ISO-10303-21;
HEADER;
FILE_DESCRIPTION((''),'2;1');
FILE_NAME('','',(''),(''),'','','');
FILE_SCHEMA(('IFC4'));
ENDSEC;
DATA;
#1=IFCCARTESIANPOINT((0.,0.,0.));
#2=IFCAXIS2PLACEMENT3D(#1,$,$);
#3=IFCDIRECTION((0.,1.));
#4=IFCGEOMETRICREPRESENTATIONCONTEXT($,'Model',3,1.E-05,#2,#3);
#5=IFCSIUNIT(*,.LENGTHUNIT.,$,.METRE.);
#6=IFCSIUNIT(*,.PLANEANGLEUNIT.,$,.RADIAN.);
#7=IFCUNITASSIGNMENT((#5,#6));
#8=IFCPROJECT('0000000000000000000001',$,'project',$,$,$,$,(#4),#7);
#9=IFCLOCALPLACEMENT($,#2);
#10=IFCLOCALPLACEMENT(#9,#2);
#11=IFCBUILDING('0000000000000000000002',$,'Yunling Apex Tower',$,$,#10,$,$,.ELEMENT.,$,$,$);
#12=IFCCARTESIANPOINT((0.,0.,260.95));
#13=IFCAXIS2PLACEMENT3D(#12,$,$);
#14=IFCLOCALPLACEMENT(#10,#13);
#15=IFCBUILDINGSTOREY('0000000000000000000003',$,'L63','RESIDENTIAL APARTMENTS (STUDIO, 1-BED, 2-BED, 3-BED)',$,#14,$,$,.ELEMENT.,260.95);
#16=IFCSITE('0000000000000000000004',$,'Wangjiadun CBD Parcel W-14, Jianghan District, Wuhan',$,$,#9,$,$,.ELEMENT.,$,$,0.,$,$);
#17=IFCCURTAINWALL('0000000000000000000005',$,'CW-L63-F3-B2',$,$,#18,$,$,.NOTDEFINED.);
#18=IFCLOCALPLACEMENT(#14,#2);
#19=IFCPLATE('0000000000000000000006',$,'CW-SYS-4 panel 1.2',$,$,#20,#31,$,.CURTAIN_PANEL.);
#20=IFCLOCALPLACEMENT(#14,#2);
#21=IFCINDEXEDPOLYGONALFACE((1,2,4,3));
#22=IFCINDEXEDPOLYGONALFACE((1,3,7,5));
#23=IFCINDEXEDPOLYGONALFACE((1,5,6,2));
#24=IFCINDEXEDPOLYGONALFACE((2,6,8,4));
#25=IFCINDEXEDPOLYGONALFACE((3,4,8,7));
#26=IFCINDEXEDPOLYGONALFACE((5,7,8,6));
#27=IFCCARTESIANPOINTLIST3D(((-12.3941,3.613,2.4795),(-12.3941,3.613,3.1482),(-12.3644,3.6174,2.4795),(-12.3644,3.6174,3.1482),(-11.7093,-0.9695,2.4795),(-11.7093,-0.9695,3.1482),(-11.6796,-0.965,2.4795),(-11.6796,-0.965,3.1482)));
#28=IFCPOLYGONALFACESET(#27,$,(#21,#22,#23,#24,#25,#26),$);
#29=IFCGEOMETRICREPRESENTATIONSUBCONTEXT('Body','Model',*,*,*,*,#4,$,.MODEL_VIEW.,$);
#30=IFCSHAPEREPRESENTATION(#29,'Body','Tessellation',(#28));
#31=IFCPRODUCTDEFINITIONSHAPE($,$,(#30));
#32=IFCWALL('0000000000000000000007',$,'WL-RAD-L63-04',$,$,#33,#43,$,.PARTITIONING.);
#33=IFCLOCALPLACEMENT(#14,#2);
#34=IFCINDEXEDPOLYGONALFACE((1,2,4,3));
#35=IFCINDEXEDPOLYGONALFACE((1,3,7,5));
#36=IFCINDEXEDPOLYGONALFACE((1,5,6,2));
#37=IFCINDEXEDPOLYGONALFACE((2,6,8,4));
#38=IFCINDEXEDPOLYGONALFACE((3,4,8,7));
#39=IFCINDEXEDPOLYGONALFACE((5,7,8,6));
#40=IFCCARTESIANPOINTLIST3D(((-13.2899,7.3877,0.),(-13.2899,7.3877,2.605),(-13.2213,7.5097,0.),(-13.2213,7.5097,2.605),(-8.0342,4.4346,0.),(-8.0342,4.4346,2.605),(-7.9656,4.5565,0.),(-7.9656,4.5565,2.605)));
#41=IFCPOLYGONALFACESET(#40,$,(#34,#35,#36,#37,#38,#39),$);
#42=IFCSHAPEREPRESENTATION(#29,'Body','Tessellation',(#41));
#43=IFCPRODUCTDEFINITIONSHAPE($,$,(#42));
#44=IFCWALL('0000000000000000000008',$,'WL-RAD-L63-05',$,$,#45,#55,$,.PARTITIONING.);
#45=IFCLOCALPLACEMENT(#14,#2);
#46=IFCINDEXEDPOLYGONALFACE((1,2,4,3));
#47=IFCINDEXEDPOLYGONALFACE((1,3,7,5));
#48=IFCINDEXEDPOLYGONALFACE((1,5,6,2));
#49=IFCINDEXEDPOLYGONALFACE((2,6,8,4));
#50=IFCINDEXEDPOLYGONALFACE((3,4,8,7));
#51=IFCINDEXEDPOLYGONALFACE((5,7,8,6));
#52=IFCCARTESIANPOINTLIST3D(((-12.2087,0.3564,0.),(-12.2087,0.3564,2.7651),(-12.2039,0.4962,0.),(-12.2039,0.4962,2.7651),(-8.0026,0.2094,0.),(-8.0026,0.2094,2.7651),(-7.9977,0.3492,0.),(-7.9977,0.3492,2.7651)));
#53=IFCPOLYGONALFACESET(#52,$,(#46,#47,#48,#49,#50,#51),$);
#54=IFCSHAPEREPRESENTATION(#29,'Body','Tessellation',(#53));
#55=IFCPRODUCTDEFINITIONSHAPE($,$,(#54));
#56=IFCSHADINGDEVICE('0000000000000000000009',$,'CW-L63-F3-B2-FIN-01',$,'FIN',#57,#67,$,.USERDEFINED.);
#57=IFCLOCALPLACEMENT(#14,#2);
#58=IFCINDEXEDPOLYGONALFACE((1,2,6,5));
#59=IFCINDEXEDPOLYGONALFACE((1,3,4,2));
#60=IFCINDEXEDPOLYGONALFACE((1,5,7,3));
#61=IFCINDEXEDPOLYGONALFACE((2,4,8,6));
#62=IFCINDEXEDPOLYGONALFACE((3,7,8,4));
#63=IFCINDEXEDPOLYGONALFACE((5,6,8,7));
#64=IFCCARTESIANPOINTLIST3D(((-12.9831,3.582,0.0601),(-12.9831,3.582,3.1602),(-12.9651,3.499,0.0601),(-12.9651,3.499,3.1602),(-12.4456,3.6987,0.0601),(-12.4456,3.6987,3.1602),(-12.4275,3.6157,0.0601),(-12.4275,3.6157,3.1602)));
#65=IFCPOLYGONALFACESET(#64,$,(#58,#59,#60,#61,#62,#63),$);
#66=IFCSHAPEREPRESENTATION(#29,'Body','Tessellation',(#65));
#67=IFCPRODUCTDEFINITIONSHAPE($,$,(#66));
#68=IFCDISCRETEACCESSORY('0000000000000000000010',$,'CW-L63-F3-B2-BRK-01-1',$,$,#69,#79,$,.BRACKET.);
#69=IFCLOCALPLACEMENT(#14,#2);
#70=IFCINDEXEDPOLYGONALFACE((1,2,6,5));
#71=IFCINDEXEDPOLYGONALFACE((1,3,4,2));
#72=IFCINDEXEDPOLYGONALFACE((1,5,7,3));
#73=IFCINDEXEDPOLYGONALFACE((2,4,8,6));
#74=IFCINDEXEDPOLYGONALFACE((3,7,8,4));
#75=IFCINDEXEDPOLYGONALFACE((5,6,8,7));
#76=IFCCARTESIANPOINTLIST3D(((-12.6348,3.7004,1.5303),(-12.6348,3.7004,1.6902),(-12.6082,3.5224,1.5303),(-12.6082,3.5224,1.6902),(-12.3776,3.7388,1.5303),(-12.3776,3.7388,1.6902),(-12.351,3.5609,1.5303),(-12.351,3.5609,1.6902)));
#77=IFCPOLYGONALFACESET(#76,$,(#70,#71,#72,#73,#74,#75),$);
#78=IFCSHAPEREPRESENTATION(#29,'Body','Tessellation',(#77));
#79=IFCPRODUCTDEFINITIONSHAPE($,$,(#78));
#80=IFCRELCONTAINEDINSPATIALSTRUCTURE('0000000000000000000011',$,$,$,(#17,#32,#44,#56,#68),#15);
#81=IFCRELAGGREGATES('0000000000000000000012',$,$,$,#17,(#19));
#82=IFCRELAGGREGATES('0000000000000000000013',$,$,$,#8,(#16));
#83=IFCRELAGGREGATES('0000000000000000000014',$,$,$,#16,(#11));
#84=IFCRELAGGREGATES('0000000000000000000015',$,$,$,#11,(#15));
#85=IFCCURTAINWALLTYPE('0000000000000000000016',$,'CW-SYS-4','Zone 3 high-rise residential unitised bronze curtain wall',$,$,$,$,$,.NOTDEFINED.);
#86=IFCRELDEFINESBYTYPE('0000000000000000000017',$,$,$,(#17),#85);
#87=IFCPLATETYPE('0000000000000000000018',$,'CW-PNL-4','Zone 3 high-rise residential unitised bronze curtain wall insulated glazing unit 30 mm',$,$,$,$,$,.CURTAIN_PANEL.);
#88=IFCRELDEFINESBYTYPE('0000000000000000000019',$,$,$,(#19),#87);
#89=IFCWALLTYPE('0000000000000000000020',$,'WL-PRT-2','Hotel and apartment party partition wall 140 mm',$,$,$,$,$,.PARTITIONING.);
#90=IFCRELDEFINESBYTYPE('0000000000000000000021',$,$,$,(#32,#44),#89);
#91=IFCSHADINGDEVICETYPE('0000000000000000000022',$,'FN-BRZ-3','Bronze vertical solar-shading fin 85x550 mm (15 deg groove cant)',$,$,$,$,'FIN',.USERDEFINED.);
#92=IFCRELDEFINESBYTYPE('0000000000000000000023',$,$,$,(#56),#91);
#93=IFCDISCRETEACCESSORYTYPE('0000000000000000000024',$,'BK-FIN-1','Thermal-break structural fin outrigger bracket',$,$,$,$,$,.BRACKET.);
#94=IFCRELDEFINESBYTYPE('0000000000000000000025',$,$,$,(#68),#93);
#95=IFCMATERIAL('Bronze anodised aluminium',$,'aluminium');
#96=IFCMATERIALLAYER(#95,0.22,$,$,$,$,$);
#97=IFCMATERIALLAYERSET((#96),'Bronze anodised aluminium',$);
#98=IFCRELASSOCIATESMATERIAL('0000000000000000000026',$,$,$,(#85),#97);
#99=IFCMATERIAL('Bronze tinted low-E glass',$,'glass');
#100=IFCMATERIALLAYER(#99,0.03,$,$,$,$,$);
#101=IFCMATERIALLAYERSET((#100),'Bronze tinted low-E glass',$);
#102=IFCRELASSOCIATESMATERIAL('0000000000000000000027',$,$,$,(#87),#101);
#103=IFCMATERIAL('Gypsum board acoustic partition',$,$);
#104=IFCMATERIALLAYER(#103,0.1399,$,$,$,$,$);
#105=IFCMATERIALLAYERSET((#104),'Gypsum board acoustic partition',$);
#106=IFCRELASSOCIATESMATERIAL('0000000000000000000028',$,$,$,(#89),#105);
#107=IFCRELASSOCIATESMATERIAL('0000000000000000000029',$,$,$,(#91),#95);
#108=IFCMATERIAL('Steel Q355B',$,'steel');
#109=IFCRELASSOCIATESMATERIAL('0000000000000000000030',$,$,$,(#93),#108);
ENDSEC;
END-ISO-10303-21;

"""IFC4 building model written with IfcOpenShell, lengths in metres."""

from ifc_helpers import new_model, si_unit, direction, frame, frame_2d, origin, origin_2d, place, context, subcontext, project, spatial, rectangle, extrude, source, transform, mapped, material, layer, layer_set, material_profile, profile_set, type_object, element, aggregate, save


model = new_model("IFC4")

# Units and contexts
model_context = context("Model", 3, precision=1e-05, world=origin(), true_north=direction((0.0, 1.0)))
body_context = subcontext(model_context, "Body", "Model", "MODEL_VIEW")
ifc_project = project(units=[si_unit("LENGTHUNIT", "METRE"), si_unit("PLANEANGLEUNIT", "RADIAN")], contexts=[model_context])

# Site, building, storey
site_placement = place(None, origin())
site = spatial("IfcSite", under=ifc_project, at=site_placement, Name="Wangjiadun CBD Parcel W-14, Jianghan District, Wuhan", CompositionType="ELEMENT", RefElevation=0.0)
building_placement = place(site_placement, origin())
building = spatial("IfcBuilding", under=site, at=building_placement, Name="Yunling Apex Tower", CompositionType="ELEMENT")
storey_placement = place(building_placement, frame((0.0, 0.0, 260.95)))
storey = spatial("IfcBuildingStorey", under=building, at=storey_placement, Name="L63", Description="RESIDENTIAL APARTMENTS (STUDIO, 1-BED, 2-BED, 3-BED)", CompositionType="ELEMENT", Elevation=260.95)

# Shared definitions
ifc_material_1 = material(Name="Steel Q355B", Category="steel")

# Shared definitions
ifc_material_2 = material(Name="Bronze anodised aluminium", Category="aluminium")
ifc_layer_1 = layer(ifc_material_2, 0.22)
ifc_layer_set_1 = layer_set([ifc_layer_1], Name="Bronze anodised aluminium")
curtain_wall_type = type_object("IfcCurtainWallType", Name="CW-SYS-4", Description="Zone 3 high-rise residential unitised bronze curtain wall", PredefinedType="NOTDEFINED", material=ifc_layer_set_1)

# Curtain wall, plate
curtain_wall_1_placement = place(storey_placement, origin())
curtain_wall_1 = element("IfcCurtainWall", 1, at=curtain_wall_1_placement, inside=storey, type_object=curtain_wall_type, Name="CW-L63-F3-B2", PredefinedType="NOTDEFINED")
ifc_material_3 = material(Name="Bronze tinted low-E glass", Category="glass")
ifc_layer_2 = layer(ifc_material_3, 0.03)
ifc_layer_set_2 = layer_set([ifc_layer_2], Name="Bronze tinted low-E glass")
plate_type = type_object("IfcPlateType", Name="CW-PNL-4", Description="Zone 3 high-rise residential unitised bronze curtain wall insulated glazing unit 30 mm", PredefinedType="CURTAIN_PANEL", material=ifc_layer_set_2)
shared_shape_1 = source(origin(), body_context, "Body", "SweptSolid", [
    extrude(rectangle(XDim=4.6333, YDim=0.03, at=origin_2d()), origin(), (0.0, 0.0, 1.0), 0.6687),
])
plate_1_placement = place(storey_placement, frame((-12.0369, 1.324, 2.4795), z_axis=(0.0, 0.0, 1.0), x_axis=(0.147804, -0.989017, 0.0)))
plate_1 = element("IfcPlate", 2, at=plate_1_placement, type_object=plate_type, Name="CW-SYS-4 panel 1.2", PredefinedType="CURTAIN_PANEL", context=body_context, shape_type="MappedRepresentation", body=[
    mapped(shared_shape_1, transform((0.0, 0.0, 0.0), scale=1.0)),
])
aggregate(curtain_wall_1, [plate_1])

# Walls
ifc_material_4 = material(Name="Gypsum board acoustic partition")
ifc_layer_3 = layer(ifc_material_4, 0.1399)
ifc_layer_set_3 = layer_set([ifc_layer_3], Name="Gypsum board acoustic partition")
wall_type = type_object("IfcWallType", Name="WL-PRT-2", Description="Hotel and apartment party partition wall 140 mm", PredefinedType="PARTITIONING", material=ifc_layer_set_3)
wall_1_placement = place(storey_placement, frame((-8.0, 4.4956, 0.0), z_axis=(0.0, 0.0, 1.0), x_axis=(-0.871799, 0.489863, 0.0)))
element("IfcWall", 3, at=wall_1_placement, inside=storey, type_object=wall_type, Name="WL-RAD-L63-04", PredefinedType="PARTITIONING", context=body_context, shape_type="SweptSolid", body=[
    extrude(rectangle(XDim=6.0286, YDim=0.1399, at=frame_2d((3.0142, 0.0))), origin(), (0.0, 0.0, 1.0), 2.605),
])
wall_2_placement = place(storey_placement, frame((-8.0, 0.2793, 0.0), z_axis=(0.0, 0.0, 1.0), x_axis=(-0.99939, 0.034922, 0.0)))
element("IfcWall", 4, at=wall_2_placement, inside=storey, type_object=wall_type, Name="WL-RAD-L63-05", PredefinedType="PARTITIONING", context=body_context, shape_type="SweptSolid", body=[
    extrude(rectangle(XDim=4.2087, YDim=0.1399, at=frame_2d((2.1045, 0.0))), origin(), (0.0, 0.0, 1.0), 2.7651),
])

# Shading device
ifc_material_profile_1 = material_profile(ifc_material_2, rectangle(XDim=0.085, YDim=0.55, at=origin_2d()))
ifc_profile_set_1 = profile_set([ifc_material_profile_1], Name="Bronze anodised aluminium")
shading_device_type = type_object("IfcShadingDeviceType", Name="FN-BRZ-3", Description="Bronze vertical solar-shading fin 85x550 mm (15 deg groove cant)", ElementType="FIN", PredefinedType="USERDEFINED", material=ifc_profile_set_1)
shared_shape_2 = source(origin(), body_context, "Body", "SweptSolid", [
    extrude(rectangle(XDim=0.085, YDim=0.55, at=origin_2d()), origin(), (0.0, 0.0, 1.0), 3.1001),
])
shading_device_placement = place(storey_placement, frame((-12.7053, 3.5989, 0.0601), z_axis=(0.0, 0.0, 1.0), x_axis=(0.212178, -0.977231, 0.0)))
element("IfcShadingDevice", 5, at=shading_device_placement, inside=storey, type_object=shading_device_type, Name="CW-L63-F3-B2-FIN-01", ObjectType="FIN", PredefinedType="USERDEFINED", context=body_context, shape_type="MappedRepresentation", body=[
    mapped(shared_shape_2, transform((0.0, 0.0, 0.0), scale=1.0)),
])

# Discrete accessory
discrete_accessory_type = type_object("IfcDiscreteAccessoryType", Name="BK-FIN-1", Description="Thermal-break structural fin outrigger bracket", PredefinedType="BRACKET", material=ifc_material_1)
shared_shape_3 = source(origin(), body_context, "Body", "SweptSolid", [
    extrude(rectangle(XDim=0.1799, YDim=0.26, at=origin_2d()), origin(), (0.0, 0.0, 1.0), 0.1599),
])
discrete_accessory_placement = place(storey_placement, frame((-12.4929, 3.6306, 1.5303), z_axis=(0.0, 0.0, 1.0), x_axis=(0.147809, -0.989016, 0.0)))
element("IfcDiscreteAccessory", 6, at=discrete_accessory_placement, inside=storey, type_object=discrete_accessory_type, Name="CW-L63-F3-B2-BRK-01-1", PredefinedType="BRACKET", context=body_context, shape_type="MappedRepresentation", body=[
    mapped(shared_shape_3, transform((0.0, 0.0, 0.0), scale=1.0)),
])

save(model, "model.ifc")
